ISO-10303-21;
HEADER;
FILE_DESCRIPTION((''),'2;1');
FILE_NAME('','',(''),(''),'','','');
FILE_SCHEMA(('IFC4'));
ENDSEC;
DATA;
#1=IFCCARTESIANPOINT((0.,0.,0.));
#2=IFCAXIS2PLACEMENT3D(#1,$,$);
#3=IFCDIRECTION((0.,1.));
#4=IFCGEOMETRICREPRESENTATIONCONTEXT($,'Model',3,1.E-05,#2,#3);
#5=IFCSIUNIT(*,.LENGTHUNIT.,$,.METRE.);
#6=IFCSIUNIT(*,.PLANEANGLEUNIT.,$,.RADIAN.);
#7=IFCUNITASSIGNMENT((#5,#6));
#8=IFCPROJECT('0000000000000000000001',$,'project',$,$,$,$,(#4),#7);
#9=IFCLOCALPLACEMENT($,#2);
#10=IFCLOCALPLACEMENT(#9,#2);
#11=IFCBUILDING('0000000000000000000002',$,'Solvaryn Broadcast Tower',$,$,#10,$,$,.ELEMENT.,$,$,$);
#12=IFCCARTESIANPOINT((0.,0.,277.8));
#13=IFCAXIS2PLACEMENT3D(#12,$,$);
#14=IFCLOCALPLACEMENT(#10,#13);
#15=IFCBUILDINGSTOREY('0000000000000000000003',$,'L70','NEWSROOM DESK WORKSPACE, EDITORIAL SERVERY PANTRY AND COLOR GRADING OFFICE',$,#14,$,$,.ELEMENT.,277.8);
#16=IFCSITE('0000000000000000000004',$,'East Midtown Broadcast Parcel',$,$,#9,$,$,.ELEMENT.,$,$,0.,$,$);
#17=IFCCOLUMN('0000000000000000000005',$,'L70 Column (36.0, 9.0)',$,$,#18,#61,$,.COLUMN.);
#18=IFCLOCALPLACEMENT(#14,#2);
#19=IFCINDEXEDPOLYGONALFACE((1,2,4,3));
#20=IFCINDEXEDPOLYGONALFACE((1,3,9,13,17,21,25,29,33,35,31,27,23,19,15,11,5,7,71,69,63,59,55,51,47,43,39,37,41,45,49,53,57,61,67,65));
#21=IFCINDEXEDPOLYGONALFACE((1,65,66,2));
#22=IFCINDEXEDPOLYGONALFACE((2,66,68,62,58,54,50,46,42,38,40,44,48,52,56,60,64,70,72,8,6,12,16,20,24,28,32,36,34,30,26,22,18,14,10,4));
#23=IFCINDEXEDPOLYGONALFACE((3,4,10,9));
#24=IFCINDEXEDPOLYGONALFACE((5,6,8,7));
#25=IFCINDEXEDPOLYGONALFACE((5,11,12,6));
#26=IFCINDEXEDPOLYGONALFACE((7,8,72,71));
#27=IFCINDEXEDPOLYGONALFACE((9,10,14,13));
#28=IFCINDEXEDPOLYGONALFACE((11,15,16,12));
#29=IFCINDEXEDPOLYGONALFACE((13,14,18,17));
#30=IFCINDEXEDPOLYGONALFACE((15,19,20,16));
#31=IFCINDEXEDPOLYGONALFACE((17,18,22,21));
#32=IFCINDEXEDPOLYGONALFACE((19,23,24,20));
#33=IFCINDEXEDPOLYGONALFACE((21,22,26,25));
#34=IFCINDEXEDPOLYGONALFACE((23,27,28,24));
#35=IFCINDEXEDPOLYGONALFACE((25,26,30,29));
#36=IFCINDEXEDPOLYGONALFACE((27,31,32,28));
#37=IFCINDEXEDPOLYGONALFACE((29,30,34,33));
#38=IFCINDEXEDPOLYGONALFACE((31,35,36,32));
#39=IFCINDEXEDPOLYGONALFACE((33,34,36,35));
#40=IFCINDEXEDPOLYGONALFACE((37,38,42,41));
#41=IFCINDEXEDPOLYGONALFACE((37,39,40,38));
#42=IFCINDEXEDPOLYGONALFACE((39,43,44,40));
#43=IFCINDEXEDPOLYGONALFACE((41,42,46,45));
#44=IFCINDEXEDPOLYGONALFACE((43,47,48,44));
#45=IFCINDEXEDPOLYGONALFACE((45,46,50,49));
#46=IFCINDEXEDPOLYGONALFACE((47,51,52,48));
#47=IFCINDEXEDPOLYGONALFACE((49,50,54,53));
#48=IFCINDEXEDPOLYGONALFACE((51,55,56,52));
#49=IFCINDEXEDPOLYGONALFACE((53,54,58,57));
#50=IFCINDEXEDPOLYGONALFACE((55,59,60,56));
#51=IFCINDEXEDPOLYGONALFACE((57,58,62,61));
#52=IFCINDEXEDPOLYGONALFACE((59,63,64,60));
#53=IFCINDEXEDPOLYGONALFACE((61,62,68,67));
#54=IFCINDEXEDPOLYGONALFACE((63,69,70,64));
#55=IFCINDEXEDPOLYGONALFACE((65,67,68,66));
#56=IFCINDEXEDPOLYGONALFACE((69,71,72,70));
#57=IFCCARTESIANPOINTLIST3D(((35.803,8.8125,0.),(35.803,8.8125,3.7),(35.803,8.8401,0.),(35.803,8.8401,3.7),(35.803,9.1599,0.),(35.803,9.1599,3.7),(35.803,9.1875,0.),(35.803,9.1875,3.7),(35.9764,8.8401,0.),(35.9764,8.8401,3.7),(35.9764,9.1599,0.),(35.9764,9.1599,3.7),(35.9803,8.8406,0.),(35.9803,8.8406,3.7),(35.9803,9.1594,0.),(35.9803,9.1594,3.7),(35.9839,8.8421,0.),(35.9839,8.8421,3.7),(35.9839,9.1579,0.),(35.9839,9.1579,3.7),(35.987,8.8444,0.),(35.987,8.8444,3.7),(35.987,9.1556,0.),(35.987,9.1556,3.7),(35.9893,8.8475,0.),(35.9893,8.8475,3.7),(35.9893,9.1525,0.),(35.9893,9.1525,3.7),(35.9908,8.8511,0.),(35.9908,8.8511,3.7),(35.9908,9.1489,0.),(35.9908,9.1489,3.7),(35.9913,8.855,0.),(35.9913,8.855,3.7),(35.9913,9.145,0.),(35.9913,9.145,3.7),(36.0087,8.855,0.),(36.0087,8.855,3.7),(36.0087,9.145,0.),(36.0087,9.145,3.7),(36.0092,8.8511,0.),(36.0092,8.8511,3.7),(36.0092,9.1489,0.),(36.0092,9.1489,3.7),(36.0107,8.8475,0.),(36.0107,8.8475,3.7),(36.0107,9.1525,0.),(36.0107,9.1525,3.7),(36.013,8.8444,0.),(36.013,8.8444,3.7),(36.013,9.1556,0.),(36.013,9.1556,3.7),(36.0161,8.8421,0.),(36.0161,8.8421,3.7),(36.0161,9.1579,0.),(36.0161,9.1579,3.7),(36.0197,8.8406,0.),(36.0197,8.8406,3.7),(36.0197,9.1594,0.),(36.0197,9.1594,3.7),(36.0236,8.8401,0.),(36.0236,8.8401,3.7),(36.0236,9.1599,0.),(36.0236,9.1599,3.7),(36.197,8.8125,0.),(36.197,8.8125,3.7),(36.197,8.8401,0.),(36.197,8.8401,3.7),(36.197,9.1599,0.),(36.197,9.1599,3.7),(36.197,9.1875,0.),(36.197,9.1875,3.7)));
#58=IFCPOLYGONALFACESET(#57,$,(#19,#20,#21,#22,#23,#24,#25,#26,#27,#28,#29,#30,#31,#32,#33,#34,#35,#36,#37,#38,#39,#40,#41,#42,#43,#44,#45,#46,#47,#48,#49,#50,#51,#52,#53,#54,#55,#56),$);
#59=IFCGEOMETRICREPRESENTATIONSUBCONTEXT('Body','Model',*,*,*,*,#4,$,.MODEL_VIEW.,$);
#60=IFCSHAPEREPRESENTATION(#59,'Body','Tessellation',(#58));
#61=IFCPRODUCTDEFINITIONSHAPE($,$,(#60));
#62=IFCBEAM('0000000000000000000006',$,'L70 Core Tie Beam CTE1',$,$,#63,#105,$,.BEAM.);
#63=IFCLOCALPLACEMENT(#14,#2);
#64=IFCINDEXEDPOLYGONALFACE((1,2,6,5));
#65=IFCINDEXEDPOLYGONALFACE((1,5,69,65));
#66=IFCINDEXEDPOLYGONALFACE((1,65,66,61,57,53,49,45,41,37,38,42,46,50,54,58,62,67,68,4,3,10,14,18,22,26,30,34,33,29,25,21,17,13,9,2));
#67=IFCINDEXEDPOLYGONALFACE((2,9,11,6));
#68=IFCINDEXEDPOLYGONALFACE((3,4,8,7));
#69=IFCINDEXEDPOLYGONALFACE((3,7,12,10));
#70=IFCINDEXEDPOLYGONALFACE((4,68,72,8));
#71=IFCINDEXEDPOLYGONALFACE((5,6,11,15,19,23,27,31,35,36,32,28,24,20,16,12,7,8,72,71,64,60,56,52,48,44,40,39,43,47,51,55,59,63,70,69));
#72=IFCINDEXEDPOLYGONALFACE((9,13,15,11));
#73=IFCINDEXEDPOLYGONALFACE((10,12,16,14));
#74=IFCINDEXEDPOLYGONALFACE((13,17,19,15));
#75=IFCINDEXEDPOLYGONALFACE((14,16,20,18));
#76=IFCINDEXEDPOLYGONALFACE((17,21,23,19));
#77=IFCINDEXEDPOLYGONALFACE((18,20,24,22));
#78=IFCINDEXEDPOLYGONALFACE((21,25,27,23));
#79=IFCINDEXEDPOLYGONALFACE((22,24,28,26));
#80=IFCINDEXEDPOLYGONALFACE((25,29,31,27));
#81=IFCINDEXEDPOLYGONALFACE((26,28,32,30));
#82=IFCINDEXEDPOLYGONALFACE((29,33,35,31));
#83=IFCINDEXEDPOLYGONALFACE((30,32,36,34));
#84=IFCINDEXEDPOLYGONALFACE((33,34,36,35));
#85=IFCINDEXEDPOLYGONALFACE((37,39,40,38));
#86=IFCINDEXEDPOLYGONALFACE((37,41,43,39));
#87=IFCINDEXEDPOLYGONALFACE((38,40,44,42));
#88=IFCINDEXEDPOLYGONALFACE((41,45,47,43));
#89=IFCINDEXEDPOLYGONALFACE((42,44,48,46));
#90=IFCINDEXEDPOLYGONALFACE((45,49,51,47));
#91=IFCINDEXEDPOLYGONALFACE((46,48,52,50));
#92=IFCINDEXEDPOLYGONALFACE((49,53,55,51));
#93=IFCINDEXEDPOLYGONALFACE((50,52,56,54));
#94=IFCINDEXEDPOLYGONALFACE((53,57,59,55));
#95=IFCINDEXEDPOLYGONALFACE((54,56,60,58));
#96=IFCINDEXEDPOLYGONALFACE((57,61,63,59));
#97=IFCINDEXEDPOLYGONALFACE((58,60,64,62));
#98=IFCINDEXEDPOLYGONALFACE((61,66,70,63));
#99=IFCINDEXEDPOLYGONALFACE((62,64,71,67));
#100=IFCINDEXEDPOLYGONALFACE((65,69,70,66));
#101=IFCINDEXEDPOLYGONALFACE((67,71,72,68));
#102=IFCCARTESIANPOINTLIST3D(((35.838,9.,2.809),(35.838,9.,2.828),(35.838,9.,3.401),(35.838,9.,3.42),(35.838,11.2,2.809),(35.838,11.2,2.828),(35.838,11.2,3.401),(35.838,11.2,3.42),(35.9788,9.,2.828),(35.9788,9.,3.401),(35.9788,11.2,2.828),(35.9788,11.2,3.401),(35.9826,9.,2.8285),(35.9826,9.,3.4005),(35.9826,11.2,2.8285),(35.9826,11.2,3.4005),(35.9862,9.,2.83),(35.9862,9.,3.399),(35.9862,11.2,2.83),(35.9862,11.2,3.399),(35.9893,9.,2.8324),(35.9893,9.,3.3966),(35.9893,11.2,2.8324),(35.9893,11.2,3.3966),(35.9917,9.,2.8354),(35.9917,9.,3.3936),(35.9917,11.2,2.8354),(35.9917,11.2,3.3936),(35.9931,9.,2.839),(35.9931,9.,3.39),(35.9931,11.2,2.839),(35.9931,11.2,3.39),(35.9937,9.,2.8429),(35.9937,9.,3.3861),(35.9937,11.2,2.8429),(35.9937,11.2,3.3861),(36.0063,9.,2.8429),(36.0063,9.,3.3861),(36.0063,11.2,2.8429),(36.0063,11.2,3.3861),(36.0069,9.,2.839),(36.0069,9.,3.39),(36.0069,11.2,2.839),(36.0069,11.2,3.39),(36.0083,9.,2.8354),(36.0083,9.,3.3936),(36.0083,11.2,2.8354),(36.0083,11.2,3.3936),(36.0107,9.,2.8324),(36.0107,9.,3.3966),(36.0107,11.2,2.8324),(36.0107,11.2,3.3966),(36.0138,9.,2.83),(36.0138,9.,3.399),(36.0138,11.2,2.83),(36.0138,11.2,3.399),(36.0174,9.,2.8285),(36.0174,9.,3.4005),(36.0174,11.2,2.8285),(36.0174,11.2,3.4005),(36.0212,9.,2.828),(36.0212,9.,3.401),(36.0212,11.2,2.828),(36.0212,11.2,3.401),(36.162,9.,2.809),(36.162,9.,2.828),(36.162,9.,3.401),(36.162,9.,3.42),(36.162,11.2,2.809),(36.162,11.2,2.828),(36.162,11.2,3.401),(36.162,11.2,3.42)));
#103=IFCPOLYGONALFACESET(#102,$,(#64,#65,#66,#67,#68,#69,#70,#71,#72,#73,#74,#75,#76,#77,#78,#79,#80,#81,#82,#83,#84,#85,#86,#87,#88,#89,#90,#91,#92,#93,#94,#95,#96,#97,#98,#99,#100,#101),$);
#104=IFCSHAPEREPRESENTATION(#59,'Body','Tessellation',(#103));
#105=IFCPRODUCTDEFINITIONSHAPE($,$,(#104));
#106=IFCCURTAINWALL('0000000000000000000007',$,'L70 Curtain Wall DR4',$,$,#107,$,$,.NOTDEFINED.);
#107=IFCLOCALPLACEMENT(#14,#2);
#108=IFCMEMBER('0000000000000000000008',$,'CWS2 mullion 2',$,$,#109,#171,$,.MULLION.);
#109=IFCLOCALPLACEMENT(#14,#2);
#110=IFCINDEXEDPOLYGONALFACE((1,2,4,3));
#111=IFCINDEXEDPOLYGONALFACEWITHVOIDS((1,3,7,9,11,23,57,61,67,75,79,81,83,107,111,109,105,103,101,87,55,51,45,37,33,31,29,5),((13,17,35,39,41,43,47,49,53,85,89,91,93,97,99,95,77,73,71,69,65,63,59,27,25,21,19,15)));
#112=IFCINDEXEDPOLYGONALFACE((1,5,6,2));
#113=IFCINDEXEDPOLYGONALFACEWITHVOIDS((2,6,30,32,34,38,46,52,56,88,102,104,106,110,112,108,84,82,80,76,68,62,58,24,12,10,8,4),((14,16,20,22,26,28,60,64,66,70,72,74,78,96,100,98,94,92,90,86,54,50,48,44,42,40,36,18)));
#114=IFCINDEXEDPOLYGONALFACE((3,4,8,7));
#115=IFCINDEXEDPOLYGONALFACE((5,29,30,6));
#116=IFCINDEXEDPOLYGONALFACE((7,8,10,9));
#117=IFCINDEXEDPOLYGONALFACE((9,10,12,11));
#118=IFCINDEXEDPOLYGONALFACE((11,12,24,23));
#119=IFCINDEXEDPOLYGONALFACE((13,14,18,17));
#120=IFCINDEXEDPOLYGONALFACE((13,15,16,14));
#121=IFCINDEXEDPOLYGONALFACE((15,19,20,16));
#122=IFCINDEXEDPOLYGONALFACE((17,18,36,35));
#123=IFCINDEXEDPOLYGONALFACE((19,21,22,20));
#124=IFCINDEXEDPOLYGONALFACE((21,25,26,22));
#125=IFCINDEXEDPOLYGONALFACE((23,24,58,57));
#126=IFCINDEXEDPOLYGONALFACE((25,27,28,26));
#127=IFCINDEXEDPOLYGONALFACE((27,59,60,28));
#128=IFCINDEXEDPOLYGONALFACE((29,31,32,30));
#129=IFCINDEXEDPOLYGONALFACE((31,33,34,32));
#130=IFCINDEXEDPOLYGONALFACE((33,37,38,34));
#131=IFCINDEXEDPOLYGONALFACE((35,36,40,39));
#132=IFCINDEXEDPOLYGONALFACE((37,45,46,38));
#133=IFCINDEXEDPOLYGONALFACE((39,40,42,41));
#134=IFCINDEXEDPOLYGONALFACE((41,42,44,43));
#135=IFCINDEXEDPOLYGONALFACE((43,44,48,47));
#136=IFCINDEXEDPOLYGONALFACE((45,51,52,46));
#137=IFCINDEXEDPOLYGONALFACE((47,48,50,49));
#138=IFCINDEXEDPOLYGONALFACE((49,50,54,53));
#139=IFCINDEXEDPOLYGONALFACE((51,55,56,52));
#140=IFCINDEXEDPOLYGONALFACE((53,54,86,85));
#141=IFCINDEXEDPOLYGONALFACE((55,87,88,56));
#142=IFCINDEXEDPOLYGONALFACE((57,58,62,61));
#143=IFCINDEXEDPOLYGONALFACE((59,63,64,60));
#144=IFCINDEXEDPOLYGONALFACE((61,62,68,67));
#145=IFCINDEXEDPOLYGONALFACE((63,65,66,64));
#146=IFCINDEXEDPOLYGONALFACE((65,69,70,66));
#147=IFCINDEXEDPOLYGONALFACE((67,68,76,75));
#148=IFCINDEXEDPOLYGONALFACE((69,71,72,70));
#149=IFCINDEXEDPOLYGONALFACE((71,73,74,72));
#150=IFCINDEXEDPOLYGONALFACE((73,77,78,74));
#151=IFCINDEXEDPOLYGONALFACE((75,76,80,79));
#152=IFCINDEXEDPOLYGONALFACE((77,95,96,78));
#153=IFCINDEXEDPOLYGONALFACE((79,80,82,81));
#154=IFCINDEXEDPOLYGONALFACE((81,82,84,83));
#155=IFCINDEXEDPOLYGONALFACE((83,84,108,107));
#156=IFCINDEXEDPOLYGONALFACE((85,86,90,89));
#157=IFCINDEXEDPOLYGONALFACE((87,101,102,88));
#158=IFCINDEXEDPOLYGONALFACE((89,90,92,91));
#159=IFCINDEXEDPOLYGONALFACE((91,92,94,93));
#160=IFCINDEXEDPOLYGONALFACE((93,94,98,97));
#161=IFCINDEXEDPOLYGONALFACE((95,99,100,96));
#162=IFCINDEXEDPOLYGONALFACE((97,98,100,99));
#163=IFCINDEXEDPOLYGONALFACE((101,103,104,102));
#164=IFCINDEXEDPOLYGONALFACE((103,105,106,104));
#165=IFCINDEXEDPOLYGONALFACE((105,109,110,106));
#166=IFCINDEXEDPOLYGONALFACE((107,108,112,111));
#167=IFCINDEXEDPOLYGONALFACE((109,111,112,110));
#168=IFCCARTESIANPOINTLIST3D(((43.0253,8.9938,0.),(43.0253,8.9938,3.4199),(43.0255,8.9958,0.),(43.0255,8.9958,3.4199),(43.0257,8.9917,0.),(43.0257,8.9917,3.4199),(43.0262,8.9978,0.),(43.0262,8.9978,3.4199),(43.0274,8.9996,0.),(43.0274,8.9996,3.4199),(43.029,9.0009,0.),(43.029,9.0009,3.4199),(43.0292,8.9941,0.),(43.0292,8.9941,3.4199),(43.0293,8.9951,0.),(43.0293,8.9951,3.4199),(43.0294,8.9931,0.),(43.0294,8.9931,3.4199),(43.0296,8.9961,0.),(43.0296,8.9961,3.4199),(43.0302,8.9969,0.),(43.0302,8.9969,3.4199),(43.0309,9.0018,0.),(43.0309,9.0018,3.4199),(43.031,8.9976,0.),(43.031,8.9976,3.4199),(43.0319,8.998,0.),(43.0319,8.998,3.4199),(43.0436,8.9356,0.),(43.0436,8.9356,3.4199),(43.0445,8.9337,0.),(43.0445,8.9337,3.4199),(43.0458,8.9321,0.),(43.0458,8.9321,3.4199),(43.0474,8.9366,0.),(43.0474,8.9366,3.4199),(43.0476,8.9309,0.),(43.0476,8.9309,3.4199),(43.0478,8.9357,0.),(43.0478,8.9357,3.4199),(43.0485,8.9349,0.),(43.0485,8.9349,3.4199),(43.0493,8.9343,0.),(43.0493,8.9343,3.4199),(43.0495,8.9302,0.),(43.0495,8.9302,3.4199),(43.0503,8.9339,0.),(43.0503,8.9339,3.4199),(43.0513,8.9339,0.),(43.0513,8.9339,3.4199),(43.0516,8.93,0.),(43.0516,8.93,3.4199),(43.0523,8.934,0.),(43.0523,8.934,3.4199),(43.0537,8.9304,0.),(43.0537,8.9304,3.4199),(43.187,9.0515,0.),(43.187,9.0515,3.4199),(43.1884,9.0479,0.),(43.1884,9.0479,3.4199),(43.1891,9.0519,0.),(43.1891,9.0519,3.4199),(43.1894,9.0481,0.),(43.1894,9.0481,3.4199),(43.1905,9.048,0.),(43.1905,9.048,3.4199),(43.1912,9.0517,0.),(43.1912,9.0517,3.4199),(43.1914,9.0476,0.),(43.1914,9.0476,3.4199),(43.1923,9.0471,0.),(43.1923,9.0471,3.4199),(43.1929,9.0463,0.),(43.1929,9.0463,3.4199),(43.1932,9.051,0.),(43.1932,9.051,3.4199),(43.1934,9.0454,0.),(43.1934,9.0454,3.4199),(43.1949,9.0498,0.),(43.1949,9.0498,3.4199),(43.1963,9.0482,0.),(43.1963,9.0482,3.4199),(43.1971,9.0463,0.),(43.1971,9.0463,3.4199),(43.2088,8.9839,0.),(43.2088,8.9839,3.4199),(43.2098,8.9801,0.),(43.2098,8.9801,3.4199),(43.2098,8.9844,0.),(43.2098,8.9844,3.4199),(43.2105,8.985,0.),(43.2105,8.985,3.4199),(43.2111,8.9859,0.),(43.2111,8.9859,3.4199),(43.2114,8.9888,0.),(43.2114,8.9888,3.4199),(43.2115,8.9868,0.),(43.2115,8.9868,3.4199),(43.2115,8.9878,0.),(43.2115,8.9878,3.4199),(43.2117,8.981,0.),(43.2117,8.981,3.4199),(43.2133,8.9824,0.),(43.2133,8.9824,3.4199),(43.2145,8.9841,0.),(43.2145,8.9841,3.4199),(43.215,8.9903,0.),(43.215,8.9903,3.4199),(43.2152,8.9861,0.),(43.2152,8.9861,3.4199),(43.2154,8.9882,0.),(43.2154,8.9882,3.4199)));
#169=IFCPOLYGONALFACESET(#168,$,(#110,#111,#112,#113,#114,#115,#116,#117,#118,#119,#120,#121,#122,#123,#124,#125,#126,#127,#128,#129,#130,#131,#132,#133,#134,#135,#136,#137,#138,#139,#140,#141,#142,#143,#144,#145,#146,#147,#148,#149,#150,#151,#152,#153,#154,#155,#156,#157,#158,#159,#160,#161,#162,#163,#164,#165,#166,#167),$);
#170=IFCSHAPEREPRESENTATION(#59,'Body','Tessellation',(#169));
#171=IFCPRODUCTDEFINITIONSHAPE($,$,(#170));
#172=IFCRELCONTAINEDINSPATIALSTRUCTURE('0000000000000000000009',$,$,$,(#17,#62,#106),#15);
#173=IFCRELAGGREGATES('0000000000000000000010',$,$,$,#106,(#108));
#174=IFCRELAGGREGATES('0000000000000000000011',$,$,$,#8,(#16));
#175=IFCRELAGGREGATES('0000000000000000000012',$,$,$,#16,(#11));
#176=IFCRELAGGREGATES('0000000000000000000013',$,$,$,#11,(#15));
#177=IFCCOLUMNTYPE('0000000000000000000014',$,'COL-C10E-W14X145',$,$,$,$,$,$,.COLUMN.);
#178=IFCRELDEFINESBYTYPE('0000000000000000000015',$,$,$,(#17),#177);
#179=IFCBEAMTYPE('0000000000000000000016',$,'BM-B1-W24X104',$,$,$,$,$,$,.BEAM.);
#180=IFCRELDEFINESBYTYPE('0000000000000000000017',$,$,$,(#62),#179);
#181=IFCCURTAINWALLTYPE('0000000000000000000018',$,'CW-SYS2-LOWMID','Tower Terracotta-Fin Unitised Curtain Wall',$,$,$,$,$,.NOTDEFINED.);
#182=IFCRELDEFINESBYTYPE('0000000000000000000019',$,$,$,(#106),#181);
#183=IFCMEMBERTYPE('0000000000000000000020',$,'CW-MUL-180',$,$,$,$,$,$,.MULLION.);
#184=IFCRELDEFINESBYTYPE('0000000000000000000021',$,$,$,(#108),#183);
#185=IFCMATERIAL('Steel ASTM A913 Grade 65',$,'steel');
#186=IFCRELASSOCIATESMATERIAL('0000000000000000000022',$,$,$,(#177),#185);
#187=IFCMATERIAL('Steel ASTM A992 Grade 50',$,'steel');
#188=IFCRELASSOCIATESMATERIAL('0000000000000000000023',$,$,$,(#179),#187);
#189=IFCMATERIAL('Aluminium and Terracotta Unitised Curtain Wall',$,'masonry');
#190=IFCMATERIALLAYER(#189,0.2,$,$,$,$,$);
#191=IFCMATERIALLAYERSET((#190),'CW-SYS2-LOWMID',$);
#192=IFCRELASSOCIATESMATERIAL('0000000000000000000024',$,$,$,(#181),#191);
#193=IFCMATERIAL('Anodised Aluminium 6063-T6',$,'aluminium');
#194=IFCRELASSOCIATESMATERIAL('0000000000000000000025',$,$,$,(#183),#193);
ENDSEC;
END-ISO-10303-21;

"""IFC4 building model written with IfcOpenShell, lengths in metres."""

from ifc_helpers import new_model, si_unit, direction, frame, origin, origin_2d, place, context, subcontext, project, spatial, hollow_rectangle, i_section, extrude, material, layer, layer_set, material_profile, profile_set, type_object, element, aggregate, save


model = new_model("IFC4")

# Units and contexts
model_context = context("Model", 3, precision=1e-05, world=origin(), true_north=direction((0.0, 1.0)))
body_context = subcontext(model_context, "Body", "Model", "MODEL_VIEW")
ifc_project = project(units=[si_unit("LENGTHUNIT", "METRE"), si_unit("PLANEANGLEUNIT", "RADIAN")], contexts=[model_context])

# Site, building, storey
site_placement = place(None, origin())
site = spatial("IfcSite", under=ifc_project, at=site_placement, Name="East Midtown Broadcast Parcel", CompositionType="ELEMENT", RefElevation=0.0)
building_placement = place(site_placement, origin())
building = spatial("IfcBuilding", under=site, at=building_placement, Name="Solvaryn Broadcast Tower", CompositionType="ELEMENT")
storey_placement = place(building_placement, frame((0.0, 0.0, 277.8)))
storey = spatial("IfcBuildingStorey", under=building, at=storey_placement, Name="L70", Description="NEWSROOM DESK WORKSPACE, EDITORIAL SERVERY PANTRY AND COLOR GRADING OFFICE", CompositionType="ELEMENT", Elevation=277.8)

# Column
ifc_material_1 = material(Name="Steel ASTM A913 Grade 65", Category="steel")
ifc_material_profile_1 = material_profile(ifc_material_1, i_section(OverallWidth=0.394, OverallDepth=0.375, WebThickness=0.0173, FlangeThickness=0.0276, FilletRadius=0.0149, at=origin_2d()))
ifc_profile_set_1 = profile_set([ifc_material_profile_1], Name="Steel ASTM A913 Grade 65")
column_type = type_object("IfcColumnType", Name="COL-C10E-W14X145", PredefinedType="COLUMN", material=ifc_profile_set_1)
column_placement = place(storey_placement, frame((36.0, 9.0, 0.0), z_axis=(0.0, 0.0, 1.0), x_axis=(1.0, 0.0, 0.0)))
element("IfcColumn", 1, at=column_placement, inside=storey, type_object=column_type, Name="L70 Column (36.0, 9.0)", PredefinedType="COLUMN", context=body_context, shape_type="SweptSolid", body=[
    extrude(i_section(OverallWidth=0.394, OverallDepth=0.375, WebThickness=0.0173, FlangeThickness=0.0276, FilletRadius=0.0149, at=origin_2d()), origin(), (0.0, 0.0, 1.0), 3.7),
])

# Beam
ifc_material_2 = material(Name="Steel ASTM A992 Grade 50", Category="steel")
ifc_material_profile_2 = material_profile(ifc_material_2, i_section(OverallWidth=0.324, OverallDepth=0.6111, WebThickness=0.0127, FlangeThickness=0.019, FilletRadius=0.0149, at=origin_2d()))
ifc_profile_set_2 = profile_set([ifc_material_profile_2], Name="Steel ASTM A992 Grade 50")
beam_type = type_object("IfcBeamType", Name="BM-B1-W24X104", PredefinedType="BEAM", material=ifc_profile_set_2)
beam_placement = place(storey_placement, frame((36.0, 9.0, 3.1145), z_axis=(0.0, 1.0, 0.0), x_axis=(-1.0, 0.0, 0.0)))
element("IfcBeam", 2, at=beam_placement, inside=storey, type_object=beam_type, Name="L70 Core Tie Beam CTE1", PredefinedType="BEAM", context=body_context, shape_type="SweptSolid", body=[
    extrude(i_section(OverallWidth=0.324, OverallDepth=0.6111, WebThickness=0.0127, FlangeThickness=0.019, FilletRadius=0.0149, at=origin_2d()), origin(), (0.0, 0.0, 1.0), 2.2),
])

# Curtain wall, member
ifc_material_3 = material(Name="Aluminium and Terracotta Unitised Curtain Wall", Category="masonry")
ifc_layer_1 = layer(ifc_material_3, 0.2)
ifc_layer_set_1 = layer_set([ifc_layer_1], Name="CW-SYS2-LOWMID")
curtain_wall_type = type_object("IfcCurtainWallType", Name="CW-SYS2-LOWMID", Description="Tower Terracotta-Fin Unitised Curtain Wall", PredefinedType="NOTDEFINED", material=ifc_layer_set_1)
curtain_wall_1_placement = place(storey_placement, origin())
curtain_wall_1 = element("IfcCurtainWall", 3, at=curtain_wall_1_placement, inside=storey, type_object=curtain_wall_type, Name="L70 Curtain Wall DR4", PredefinedType="NOTDEFINED")
ifc_material_4 = material(Name="Anodised Aluminium 6063-T6", Category="aluminium")
ifc_material_profile_3 = material_profile(ifc_material_4, hollow_rectangle(XDim=0.075, YDim=0.1799, WallThickness=0.0039, InnerFilletRadius=0.0039, OuterFilletRadius=0.0081, at=origin_2d()))
ifc_profile_set_3 = profile_set([ifc_material_profile_3], Name="Anodised Aluminium 6063-T6")
member_type = type_object("IfcMemberType", Name="CW-MUL-180", PredefinedType="MULLION", material=ifc_profile_set_3)
member_1_placement = place(storey_placement, frame((43.1204, 8.991, 0.0), z_axis=(0.0, 0.0, 1.0), x_axis=(-0.303616, 0.952795, 0.0)))
member_1 = element("IfcMember", 4, at=member_1_placement, type_object=member_type, Name="CWS2 mullion 2", PredefinedType="MULLION", context=body_context, shape_type="SweptSolid", body=[
    extrude(hollow_rectangle(XDim=0.075, YDim=0.1799, WallThickness=0.0039, InnerFilletRadius=0.0039, OuterFilletRadius=0.0081, at=origin_2d()), origin(), (0.0, 0.0, 1.0), 3.4199),
])

aggregate(curtain_wall_1, [member_1])

save(model, "model.ifc")
